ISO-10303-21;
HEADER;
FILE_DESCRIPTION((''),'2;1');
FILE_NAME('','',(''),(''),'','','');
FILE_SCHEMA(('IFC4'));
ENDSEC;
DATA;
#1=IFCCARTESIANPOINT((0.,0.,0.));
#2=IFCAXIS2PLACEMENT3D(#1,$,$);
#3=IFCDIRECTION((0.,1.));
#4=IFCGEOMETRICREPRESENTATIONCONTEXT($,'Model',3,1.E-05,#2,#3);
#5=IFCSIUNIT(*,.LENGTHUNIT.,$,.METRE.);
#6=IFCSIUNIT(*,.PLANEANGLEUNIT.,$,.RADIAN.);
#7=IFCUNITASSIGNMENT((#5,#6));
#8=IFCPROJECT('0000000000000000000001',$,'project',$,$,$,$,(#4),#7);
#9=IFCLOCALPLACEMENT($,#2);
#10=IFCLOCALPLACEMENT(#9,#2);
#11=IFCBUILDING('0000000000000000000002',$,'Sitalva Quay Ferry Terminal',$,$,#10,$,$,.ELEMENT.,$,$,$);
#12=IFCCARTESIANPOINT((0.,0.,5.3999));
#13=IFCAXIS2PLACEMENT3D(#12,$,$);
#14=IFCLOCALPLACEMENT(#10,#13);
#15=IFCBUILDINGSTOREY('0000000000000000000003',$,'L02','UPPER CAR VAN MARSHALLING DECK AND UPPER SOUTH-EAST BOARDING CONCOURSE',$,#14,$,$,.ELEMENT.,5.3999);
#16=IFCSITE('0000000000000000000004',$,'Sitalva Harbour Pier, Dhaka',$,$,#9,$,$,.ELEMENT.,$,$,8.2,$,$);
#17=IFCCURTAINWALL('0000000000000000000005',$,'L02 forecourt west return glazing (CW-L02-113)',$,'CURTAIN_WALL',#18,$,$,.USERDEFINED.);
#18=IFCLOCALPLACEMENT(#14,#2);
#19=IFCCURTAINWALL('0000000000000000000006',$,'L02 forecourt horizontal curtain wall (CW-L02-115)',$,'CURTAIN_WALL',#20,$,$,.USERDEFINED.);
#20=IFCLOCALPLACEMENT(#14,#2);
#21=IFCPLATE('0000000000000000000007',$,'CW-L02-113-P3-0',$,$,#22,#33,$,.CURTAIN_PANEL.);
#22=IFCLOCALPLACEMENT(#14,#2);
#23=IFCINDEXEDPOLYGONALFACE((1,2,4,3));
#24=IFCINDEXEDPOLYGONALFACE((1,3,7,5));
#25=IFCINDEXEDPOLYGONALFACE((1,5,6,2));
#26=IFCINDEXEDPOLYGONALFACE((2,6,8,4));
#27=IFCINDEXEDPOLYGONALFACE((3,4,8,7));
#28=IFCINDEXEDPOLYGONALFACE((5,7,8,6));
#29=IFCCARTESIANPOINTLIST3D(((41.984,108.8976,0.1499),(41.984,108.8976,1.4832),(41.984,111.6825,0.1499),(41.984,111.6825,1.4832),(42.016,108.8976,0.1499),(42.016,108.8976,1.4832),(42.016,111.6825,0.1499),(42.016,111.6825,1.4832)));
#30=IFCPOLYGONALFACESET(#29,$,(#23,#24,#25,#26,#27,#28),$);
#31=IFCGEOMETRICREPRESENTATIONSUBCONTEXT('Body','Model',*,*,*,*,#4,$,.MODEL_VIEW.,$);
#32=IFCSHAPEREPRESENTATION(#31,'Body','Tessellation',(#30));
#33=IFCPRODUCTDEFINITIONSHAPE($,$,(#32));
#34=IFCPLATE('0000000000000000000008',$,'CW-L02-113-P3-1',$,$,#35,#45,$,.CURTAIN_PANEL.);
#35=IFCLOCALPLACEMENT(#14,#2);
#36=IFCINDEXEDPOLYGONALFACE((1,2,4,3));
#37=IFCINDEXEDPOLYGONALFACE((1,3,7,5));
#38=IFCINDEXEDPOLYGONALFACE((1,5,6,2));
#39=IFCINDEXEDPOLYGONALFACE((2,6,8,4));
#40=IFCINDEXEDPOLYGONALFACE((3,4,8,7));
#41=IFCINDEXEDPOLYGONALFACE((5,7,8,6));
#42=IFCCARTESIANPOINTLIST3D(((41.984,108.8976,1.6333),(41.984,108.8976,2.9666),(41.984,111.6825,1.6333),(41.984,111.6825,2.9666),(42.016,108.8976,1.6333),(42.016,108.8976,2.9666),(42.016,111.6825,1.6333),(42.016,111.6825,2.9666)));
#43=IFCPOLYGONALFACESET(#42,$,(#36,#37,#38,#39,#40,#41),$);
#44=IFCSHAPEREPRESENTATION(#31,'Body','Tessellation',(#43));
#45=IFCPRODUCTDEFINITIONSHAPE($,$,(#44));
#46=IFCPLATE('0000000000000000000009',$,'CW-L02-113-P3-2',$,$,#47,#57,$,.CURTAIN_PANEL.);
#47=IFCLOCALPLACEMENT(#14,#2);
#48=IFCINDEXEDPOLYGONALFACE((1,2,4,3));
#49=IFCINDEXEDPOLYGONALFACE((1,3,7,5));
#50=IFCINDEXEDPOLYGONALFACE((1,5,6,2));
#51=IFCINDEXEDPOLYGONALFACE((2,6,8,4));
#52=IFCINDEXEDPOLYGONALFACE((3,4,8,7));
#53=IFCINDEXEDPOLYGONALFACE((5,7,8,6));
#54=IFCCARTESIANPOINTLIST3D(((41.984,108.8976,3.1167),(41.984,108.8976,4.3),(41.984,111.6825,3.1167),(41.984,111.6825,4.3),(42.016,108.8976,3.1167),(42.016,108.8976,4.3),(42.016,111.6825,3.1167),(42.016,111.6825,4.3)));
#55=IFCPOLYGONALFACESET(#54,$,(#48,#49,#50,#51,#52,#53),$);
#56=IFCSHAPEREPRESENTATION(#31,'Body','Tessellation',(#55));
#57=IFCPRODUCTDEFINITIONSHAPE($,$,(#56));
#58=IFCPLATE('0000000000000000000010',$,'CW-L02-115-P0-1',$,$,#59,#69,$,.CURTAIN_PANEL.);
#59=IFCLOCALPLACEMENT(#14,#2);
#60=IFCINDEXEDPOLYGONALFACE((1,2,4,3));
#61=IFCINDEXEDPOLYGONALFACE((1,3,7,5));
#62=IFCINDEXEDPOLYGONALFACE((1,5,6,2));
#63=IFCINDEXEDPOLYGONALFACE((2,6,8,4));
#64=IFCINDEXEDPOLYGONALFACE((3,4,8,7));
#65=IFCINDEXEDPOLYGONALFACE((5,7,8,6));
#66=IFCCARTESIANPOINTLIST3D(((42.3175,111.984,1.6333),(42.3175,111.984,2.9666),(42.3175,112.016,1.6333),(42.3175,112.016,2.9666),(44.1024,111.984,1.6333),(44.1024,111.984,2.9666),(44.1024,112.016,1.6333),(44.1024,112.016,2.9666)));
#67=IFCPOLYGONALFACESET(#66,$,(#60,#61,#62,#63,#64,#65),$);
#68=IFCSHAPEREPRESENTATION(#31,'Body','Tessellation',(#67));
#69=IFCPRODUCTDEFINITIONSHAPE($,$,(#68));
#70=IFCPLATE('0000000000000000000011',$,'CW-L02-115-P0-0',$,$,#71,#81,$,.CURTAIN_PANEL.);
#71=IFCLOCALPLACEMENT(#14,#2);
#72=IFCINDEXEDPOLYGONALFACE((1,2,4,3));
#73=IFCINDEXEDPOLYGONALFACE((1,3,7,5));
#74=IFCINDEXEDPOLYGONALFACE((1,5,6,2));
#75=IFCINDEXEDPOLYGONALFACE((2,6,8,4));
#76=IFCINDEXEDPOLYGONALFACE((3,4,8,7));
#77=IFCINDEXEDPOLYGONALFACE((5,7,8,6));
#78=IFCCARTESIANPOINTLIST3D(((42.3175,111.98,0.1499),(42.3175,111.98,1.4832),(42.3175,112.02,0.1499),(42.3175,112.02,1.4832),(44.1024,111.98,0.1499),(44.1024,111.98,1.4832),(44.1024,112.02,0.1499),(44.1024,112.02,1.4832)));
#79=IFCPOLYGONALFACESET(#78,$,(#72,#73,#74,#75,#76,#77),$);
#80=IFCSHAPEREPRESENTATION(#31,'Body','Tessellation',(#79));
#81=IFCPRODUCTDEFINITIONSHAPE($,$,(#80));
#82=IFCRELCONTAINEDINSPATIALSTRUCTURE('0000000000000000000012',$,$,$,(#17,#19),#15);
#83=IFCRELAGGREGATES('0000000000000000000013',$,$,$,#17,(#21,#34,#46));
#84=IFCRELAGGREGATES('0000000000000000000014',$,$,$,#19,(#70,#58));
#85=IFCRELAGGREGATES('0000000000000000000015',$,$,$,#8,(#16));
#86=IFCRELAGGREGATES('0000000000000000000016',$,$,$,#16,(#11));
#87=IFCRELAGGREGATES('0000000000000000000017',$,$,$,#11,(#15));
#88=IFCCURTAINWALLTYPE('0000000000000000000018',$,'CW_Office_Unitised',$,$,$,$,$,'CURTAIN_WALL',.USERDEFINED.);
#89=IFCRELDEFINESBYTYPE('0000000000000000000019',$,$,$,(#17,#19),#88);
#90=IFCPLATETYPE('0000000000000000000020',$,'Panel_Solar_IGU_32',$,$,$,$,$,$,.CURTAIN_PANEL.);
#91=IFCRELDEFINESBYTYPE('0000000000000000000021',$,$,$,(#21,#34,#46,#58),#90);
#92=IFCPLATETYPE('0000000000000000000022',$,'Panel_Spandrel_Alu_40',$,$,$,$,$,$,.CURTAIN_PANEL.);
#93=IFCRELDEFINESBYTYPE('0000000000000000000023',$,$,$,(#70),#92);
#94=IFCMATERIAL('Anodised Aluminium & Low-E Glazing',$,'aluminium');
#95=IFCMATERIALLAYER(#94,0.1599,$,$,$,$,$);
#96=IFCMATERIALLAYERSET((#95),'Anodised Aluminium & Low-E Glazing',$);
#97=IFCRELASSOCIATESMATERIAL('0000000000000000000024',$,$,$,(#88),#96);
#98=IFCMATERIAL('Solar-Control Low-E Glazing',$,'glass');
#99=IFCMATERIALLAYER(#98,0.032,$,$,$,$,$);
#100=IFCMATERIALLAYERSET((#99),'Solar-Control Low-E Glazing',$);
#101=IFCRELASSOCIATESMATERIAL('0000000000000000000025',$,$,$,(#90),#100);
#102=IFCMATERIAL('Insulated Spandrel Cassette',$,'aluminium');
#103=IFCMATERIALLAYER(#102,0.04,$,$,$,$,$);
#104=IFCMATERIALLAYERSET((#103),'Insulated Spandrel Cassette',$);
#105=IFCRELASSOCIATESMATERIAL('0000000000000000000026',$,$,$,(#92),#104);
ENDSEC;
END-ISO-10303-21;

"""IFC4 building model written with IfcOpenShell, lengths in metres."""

from ifc_helpers import new_model, si_unit, direction, frame, origin, origin_2d, place, context, subcontext, project, spatial, rectangle, extrude, material, layer, layer_set, type_object, element, aggregate, save


model = new_model("IFC4")

# Units and contexts
model_context = context("Model", 3, precision=1e-05, world=origin(), true_north=direction((0.0, 1.0)))
body_context = subcontext(model_context, "Body", "Model", "MODEL_VIEW")
ifc_project = project(units=[si_unit("LENGTHUNIT", "METRE"), si_unit("PLANEANGLEUNIT", "RADIAN")], contexts=[model_context])

# Site, building, storey
site_placement = place(None, origin())
site = spatial("IfcSite", under=ifc_project, at=site_placement, Name="Sitalva Harbour Pier, Dhaka", CompositionType="ELEMENT", RefElevation=8.2)
building_placement = place(site_placement, origin())
building = spatial("IfcBuilding", under=site, at=building_placement, Name="Sitalva Quay Ferry Terminal", CompositionType="ELEMENT")
storey_placement = place(building_placement, frame((0.0, 0.0, 5.3999)))
storey = spatial("IfcBuildingStorey", under=building, at=storey_placement, Name="L02", Description="UPPER CAR VAN MARSHALLING DECK AND UPPER SOUTH-EAST BOARDING CONCOURSE", CompositionType="ELEMENT", Elevation=5.3999)

# Curtain wall
ifc_material_1 = material(Name="Anodised Aluminium & Low-E Glazing", Category="aluminium")
ifc_layer_1 = layer(ifc_material_1, 0.1599)
ifc_layer_set_1 = layer_set([ifc_layer_1], Name="Anodised Aluminium & Low-E Glazing")
curtain_wall_type = type_object("IfcCurtainWallType", Name="CW_Office_Unitised", ElementType="CURTAIN_WALL", PredefinedType="USERDEFINED", material=ifc_layer_set_1)
curtain_wall_1_placement = place(storey_placement, origin())
curtain_wall_1 = element("IfcCurtainWall", 1, at=curtain_wall_1_placement, inside=storey, type_object=curtain_wall_type, Name="L02 forecourt west return glazing (CW-L02-113)", ObjectType="CURTAIN_WALL", PredefinedType="USERDEFINED")

# Curtain wall
curtain_wall_2_placement = place(storey_placement, origin())
curtain_wall_2 = element("IfcCurtainWall", 2, at=curtain_wall_2_placement, inside=storey, type_object=curtain_wall_type, Name="L02 forecourt horizontal curtain wall (CW-L02-115)", ObjectType="CURTAIN_WALL", PredefinedType="USERDEFINED")

# Plates
ifc_material_2 = material(Name="Solar-Control Low-E Glazing", Category="glass")
ifc_layer_2 = layer(ifc_material_2, 0.032)
ifc_layer_set_2 = layer_set([ifc_layer_2], Name="Solar-Control Low-E Glazing")
plate_type_1 = type_object("IfcPlateType", Name="Panel_Solar_IGU_32", PredefinedType="CURTAIN_PANEL", material=ifc_layer_set_2)
plate_1_placement = place(storey_placement, frame((42.0, 110.29, 0.1499), z_axis=(0.0, 0.0, 1.0), x_axis=(0.0, 1.0, 0.0)))
plate_1 = element("IfcPlate", 3, at=plate_1_placement, type_object=plate_type_1, Name="CW-L02-113-P3-0", PredefinedType="CURTAIN_PANEL", context=body_context, shape_type="SweptSolid", body=[
    extrude(rectangle(XDim=2.7849, YDim=0.032, at=origin_2d()), origin(), (0.0, 0.0, 1.0), 1.3333),
])
plate_2_placement = place(storey_placement, frame((42.0, 110.29, 1.6333), z_axis=(0.0, 0.0, 1.0), x_axis=(0.0, 1.0, 0.0)))
plate_2 = element("IfcPlate", 4, at=plate_2_placement, type_object=plate_type_1, Name="CW-L02-113-P3-1", PredefinedType="CURTAIN_PANEL", context=body_context, shape_type="SweptSolid", body=[
    extrude(rectangle(XDim=2.7849, YDim=0.032, at=origin_2d()), origin(), (0.0, 0.0, 1.0), 1.3333),
])
plate_3_placement = place(storey_placement, frame((42.0, 110.29, 3.1167), z_axis=(0.0, 0.0, 1.0), x_axis=(0.0, 1.0, 0.0)))
plate_3 = element("IfcPlate", 5, at=plate_3_placement, type_object=plate_type_1, Name="CW-L02-113-P3-2", PredefinedType="CURTAIN_PANEL", context=body_context, shape_type="SweptSolid", body=[
    extrude(rectangle(XDim=2.7849, YDim=0.032, at=origin_2d()), origin(), (0.0, 0.0, 1.0), 1.1833),
])
aggregate(curtain_wall_1, [plate_1, plate_2, plate_3])
plate_4_placement = place(storey_placement, frame((43.21, 112.0, 1.6333), z_axis=(0.0, 0.0, 1.0), x_axis=(1.0, 0.0, 0.0)))
plate_4 = element("IfcPlate", 6, at=plate_4_placement, type_object=plate_type_1, Name="CW-L02-115-P0-1", PredefinedType="CURTAIN_PANEL", context=body_context, shape_type="SweptSolid", body=[
    extrude(rectangle(XDim=1.7849, YDim=0.032, at=origin_2d()), origin(), (0.0, 0.0, 1.0), 1.3333),
])
ifc_material_3 = material(Name="Insulated Spandrel Cassette", Category="aluminium")
ifc_layer_3 = layer(ifc_material_3, 0.04)
ifc_layer_set_3 = layer_set([ifc_layer_3], Name="Insulated Spandrel Cassette")
plate_type_2 = type_object("IfcPlateType", Name="Panel_Spandrel_Alu_40", PredefinedType="CURTAIN_PANEL", material=ifc_layer_set_3)
plate_5_placement = place(storey_placement, frame((43.21, 112.0, 0.1499), z_axis=(0.0, 0.0, 1.0), x_axis=(1.0, 0.0, 0.0)))
plate_5 = element("IfcPlate", 7, at=plate_5_placement, type_object=plate_type_2, Name="CW-L02-115-P0-0", PredefinedType="CURTAIN_PANEL", context=body_context, shape_type="SweptSolid", body=[
    extrude(rectangle(XDim=1.7849, YDim=0.04, at=origin_2d()), origin(), (0.0, 0.0, 1.0), 1.3333),
])
aggregate(curtain_wall_2, [plate_5, plate_4])

save(model, "model.ifc")
